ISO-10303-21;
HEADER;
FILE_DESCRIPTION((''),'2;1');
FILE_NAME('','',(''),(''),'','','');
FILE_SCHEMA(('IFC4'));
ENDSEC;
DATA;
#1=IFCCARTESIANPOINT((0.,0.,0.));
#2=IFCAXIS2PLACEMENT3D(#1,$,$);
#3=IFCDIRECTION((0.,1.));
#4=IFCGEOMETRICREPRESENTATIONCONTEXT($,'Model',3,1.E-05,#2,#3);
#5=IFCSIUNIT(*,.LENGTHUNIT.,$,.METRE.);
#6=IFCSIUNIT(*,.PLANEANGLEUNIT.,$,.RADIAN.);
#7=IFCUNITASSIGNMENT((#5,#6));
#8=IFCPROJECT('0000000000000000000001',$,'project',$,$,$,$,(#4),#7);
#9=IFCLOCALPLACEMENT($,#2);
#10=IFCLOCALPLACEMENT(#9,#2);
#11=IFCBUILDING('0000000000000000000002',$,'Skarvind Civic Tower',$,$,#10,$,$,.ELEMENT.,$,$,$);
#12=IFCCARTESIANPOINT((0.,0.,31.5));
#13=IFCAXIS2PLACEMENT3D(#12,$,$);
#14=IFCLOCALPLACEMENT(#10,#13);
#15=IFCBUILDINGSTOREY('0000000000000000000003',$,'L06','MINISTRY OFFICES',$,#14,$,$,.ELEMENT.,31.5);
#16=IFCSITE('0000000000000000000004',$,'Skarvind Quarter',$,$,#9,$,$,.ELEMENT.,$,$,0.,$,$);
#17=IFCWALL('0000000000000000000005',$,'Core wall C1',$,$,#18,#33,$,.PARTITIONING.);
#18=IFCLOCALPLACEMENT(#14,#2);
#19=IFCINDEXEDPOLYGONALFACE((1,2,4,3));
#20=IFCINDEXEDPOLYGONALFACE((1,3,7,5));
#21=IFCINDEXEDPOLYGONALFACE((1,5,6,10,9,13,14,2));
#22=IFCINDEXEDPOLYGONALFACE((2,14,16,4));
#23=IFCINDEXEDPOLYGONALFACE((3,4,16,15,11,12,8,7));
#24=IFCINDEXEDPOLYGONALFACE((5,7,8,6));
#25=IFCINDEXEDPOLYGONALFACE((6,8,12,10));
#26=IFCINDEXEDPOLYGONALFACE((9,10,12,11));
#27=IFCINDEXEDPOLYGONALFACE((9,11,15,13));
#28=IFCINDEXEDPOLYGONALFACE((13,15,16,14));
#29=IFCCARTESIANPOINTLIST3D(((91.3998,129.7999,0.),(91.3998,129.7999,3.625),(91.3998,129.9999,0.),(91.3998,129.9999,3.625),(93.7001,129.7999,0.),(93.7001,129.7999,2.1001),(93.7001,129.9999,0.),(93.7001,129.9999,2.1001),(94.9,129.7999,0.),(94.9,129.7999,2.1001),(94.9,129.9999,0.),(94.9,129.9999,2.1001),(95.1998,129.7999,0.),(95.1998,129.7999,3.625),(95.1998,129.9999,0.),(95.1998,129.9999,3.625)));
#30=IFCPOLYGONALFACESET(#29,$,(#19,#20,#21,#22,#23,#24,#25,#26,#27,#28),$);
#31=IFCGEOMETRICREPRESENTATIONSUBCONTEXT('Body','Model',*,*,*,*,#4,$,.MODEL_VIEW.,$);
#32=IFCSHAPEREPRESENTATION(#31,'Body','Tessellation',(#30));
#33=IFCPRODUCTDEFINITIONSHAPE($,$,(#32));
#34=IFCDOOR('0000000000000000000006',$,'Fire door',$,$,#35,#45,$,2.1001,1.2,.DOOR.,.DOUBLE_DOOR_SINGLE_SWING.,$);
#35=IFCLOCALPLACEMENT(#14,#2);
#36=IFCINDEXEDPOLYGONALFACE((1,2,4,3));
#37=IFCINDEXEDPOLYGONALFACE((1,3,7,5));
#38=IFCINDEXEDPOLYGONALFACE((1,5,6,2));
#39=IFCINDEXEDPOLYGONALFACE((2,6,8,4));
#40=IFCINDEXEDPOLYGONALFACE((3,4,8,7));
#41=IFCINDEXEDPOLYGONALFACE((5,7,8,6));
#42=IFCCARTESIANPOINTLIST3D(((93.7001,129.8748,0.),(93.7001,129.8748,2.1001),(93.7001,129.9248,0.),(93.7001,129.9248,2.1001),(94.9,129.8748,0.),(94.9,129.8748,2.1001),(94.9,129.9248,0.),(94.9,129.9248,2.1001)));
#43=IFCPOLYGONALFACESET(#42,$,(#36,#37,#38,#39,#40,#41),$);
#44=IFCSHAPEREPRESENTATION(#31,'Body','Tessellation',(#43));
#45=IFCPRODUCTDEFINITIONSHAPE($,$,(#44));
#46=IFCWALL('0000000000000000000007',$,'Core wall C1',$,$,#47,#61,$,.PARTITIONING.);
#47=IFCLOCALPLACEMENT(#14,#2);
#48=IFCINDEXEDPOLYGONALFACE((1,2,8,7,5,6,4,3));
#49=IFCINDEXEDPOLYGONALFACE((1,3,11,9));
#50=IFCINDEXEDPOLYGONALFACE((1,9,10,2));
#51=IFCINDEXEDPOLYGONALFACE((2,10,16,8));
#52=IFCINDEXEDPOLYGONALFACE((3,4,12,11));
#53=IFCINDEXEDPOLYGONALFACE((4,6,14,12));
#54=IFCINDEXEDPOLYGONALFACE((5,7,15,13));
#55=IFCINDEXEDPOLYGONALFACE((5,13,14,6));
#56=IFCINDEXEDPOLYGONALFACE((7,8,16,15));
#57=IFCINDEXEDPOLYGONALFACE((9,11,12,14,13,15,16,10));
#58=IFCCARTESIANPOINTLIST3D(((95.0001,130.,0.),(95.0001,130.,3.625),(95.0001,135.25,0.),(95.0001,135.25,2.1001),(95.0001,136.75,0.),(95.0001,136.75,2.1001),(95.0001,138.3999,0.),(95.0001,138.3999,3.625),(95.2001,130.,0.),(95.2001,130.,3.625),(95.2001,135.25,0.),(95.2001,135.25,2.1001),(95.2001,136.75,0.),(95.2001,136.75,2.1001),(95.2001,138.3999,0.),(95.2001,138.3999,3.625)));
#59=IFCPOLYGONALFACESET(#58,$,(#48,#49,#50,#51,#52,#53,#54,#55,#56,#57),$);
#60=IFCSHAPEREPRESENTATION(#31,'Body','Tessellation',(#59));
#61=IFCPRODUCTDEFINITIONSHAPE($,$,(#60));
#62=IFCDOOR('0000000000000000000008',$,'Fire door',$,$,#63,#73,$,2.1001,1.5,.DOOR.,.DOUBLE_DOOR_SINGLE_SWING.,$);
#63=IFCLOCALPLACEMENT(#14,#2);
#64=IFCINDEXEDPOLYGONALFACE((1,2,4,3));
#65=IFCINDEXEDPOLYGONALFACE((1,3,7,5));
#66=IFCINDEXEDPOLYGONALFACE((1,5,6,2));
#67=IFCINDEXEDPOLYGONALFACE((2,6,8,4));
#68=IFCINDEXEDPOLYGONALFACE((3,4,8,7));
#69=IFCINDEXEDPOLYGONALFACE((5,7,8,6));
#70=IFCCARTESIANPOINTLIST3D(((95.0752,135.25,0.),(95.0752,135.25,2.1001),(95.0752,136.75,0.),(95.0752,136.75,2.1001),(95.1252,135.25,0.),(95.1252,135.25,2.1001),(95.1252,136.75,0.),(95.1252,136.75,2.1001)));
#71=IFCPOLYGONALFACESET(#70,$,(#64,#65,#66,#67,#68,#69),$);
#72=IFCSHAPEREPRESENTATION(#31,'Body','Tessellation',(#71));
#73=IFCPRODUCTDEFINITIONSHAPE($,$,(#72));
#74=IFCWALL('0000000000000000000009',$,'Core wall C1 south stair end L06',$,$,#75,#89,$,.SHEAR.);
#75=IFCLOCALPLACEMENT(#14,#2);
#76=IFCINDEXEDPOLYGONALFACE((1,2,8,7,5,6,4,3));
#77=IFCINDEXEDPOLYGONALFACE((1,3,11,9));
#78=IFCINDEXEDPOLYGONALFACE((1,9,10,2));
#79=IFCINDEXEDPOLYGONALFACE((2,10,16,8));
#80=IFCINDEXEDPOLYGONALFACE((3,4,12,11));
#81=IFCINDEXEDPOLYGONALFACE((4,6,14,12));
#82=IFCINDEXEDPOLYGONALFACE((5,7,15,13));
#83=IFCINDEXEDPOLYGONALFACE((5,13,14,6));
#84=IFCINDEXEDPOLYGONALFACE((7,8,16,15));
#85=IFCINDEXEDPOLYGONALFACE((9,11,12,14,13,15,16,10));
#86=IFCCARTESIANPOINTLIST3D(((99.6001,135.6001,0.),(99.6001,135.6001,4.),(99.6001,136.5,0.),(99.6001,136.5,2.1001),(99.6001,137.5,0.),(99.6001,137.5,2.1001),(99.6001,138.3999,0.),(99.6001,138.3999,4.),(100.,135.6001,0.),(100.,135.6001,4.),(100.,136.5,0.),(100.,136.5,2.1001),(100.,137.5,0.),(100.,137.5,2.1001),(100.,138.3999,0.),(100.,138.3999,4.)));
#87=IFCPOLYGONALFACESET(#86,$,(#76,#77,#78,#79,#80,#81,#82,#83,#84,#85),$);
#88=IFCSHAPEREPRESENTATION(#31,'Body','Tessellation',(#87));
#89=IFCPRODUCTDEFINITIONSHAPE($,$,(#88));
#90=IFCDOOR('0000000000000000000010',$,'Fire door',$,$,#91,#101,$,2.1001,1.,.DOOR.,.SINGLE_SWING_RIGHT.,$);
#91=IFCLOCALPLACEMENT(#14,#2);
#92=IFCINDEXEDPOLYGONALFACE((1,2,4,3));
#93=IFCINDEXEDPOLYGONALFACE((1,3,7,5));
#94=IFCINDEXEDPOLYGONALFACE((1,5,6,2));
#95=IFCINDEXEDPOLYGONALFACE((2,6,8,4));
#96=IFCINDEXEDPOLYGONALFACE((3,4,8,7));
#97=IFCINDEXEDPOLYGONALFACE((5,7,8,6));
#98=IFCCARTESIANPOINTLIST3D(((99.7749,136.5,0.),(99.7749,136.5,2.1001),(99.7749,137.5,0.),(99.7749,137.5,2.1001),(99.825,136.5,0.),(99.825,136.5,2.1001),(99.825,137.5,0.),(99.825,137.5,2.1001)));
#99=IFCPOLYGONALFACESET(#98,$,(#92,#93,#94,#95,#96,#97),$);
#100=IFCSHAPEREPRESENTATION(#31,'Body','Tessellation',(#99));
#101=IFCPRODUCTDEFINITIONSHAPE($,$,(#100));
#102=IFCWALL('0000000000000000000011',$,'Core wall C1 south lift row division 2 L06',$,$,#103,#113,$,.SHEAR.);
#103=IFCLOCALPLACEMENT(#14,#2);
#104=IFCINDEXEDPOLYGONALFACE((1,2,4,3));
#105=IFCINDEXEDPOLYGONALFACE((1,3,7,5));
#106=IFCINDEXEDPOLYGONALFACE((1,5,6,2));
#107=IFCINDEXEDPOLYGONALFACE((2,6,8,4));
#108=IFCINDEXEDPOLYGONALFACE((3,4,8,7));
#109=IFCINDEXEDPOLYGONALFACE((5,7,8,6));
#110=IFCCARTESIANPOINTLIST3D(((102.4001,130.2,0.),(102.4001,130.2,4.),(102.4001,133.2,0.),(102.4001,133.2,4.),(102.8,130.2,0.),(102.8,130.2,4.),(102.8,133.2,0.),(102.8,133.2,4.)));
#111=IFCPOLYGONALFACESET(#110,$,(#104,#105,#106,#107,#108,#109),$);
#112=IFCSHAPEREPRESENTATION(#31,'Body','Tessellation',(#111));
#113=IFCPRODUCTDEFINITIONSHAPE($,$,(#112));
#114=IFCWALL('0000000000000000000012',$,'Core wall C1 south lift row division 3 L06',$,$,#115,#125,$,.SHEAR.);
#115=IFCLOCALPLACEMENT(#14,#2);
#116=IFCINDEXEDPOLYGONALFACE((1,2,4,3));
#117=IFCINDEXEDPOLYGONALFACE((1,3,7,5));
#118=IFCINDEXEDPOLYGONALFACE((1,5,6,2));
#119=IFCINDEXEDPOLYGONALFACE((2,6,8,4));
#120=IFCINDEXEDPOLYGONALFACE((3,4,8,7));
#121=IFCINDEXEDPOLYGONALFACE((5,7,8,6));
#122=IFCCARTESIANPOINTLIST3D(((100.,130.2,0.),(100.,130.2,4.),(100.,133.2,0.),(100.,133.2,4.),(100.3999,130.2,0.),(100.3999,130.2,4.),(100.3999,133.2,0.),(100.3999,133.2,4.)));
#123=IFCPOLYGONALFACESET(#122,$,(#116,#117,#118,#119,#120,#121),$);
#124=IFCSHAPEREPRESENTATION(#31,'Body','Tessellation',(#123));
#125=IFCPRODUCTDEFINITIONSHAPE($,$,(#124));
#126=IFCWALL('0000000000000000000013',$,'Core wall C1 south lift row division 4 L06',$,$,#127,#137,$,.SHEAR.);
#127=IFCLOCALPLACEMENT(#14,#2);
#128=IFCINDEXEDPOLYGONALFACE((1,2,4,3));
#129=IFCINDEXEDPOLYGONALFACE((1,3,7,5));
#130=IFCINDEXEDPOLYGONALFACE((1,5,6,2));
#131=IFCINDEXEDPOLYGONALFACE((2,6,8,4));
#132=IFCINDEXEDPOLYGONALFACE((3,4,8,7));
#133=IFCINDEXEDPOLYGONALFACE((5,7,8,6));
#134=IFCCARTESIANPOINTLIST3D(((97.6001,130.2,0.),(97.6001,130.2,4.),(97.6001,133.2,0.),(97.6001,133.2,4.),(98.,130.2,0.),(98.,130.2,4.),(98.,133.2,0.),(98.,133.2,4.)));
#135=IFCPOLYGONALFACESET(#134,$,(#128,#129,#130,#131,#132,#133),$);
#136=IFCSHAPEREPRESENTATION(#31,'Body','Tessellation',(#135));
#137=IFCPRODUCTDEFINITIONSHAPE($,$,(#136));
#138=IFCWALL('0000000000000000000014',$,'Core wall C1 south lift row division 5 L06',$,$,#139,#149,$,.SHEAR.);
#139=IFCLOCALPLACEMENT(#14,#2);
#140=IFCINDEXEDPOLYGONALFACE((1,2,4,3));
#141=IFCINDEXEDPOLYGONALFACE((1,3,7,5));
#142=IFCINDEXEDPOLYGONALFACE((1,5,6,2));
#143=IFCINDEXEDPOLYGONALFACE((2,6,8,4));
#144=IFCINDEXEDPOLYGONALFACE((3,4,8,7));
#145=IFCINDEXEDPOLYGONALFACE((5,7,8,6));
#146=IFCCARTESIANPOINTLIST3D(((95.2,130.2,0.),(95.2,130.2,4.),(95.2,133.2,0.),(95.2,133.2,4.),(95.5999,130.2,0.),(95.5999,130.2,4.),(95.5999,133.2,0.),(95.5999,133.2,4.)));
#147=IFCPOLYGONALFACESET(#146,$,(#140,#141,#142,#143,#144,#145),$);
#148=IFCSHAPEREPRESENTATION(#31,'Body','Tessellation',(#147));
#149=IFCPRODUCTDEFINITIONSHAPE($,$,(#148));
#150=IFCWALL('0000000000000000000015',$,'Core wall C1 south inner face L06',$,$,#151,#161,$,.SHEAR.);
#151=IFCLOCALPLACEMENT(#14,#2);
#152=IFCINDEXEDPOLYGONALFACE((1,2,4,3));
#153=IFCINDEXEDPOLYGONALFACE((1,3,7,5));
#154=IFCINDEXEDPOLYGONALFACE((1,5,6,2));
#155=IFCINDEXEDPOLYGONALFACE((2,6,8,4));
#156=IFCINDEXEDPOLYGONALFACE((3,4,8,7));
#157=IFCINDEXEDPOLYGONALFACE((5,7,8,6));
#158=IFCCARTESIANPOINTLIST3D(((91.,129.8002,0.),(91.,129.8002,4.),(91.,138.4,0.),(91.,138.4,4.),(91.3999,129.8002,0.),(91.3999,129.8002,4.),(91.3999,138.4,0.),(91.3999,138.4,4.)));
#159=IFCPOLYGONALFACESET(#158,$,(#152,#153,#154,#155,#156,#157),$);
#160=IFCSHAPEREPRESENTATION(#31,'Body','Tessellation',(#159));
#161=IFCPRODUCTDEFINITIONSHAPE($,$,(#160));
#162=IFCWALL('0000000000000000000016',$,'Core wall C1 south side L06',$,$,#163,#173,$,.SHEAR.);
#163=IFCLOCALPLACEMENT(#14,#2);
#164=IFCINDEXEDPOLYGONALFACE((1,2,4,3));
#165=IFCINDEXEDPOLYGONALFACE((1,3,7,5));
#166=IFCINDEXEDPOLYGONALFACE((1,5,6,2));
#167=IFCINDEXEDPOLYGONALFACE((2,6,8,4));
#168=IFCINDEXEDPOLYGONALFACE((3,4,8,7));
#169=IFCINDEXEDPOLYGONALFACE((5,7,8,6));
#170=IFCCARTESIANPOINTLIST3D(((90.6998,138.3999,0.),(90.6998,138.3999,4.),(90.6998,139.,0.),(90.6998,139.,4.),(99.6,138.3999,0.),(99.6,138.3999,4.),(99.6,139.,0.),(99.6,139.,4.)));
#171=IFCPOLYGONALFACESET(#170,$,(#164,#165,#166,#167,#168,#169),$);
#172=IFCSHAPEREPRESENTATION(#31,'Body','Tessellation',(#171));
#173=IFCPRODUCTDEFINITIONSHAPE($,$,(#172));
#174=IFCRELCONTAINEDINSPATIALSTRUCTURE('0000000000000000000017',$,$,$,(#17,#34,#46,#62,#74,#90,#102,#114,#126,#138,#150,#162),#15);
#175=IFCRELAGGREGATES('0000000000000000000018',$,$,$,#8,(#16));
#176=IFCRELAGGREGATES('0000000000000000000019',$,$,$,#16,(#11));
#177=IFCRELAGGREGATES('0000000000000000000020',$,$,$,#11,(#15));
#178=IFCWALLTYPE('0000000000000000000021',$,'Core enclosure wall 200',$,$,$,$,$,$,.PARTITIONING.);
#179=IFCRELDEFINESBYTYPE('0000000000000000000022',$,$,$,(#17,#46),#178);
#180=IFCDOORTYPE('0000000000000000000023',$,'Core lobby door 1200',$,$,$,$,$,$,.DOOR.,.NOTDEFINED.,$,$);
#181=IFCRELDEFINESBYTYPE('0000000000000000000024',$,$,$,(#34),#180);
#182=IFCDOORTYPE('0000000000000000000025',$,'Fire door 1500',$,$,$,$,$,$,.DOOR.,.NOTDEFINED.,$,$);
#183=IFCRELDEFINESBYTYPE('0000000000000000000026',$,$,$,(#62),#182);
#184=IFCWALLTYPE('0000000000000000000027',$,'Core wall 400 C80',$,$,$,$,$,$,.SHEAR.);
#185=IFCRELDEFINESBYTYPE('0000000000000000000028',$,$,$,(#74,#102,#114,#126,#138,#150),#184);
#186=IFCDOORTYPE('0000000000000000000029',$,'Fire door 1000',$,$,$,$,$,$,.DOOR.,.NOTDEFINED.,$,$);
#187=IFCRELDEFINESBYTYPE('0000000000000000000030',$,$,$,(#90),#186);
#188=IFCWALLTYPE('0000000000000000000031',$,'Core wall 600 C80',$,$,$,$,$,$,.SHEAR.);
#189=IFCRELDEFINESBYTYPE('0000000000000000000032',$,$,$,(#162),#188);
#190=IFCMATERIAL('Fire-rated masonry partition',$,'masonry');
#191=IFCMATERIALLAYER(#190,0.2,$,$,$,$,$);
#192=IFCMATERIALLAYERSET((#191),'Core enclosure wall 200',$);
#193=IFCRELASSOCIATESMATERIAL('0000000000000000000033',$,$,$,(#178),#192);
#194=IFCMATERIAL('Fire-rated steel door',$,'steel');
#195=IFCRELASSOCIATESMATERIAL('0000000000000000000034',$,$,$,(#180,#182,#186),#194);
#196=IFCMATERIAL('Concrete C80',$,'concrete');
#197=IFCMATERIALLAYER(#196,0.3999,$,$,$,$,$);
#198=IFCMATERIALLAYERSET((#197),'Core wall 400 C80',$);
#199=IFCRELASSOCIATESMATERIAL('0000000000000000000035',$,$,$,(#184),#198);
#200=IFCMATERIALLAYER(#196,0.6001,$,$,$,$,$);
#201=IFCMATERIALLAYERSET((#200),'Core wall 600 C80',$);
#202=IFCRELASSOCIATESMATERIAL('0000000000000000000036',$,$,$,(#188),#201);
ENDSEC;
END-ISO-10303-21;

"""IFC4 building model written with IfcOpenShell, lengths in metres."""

from ifc_helpers import new_model, si_unit, direction, frame, frame_2d, origin, place, context, subcontext, project, spatial, rectangle, extrude, material, layer, layer_set, type_object, element, fill, save


model = new_model("IFC4")

# Units and contexts
model_context = context("Model", 3, precision=1e-05, world=origin(), true_north=direction((0.0, 1.0)))
body_context = subcontext(model_context, "Body", "Model", "MODEL_VIEW")
ifc_project = project(units=[si_unit("LENGTHUNIT", "METRE"), si_unit("PLANEANGLEUNIT", "RADIAN")], contexts=[model_context])

# Site, building, storey
site_placement = place(None, origin())
site = spatial("IfcSite", under=ifc_project, at=site_placement, Name="Skarvind Quarter", CompositionType="ELEMENT", RefElevation=0.0)
building_placement = place(site_placement, origin())
building = spatial("IfcBuilding", under=site, at=building_placement, Name="Skarvind Civic Tower", CompositionType="ELEMENT")
storey_placement = place(building_placement, frame((0.0, 0.0, 31.5)))
storey = spatial("IfcBuildingStorey", under=building, at=storey_placement, Name="L06", Description="MINISTRY OFFICES", CompositionType="ELEMENT", Elevation=31.5)

# Walls, openings, doors
ifc_material_1 = material(Name="Fire-rated masonry partition", Category="masonry")
ifc_layer_1 = layer(ifc_material_1, 0.2)
ifc_layer_set_1 = layer_set([ifc_layer_1], Name="Core enclosure wall 200")
wall_type_1 = type_object("IfcWallType", Name="Core enclosure wall 200", PredefinedType="PARTITIONING", material=ifc_layer_set_1)
wall_1_placement = place(storey_placement, frame((91.3999, 129.8999, 0.0), z_axis=(0.0, 0.0, 1.0), x_axis=(1.0, 0.0, 0.0)))
wall_1 = element("IfcWall", 1, at=wall_1_placement, inside=storey, type_object=wall_type_1, Name="Core wall C1", PredefinedType="PARTITIONING", context=body_context, shape_type="SweptSolid", body=[
    extrude(rectangle(XDim=3.8, YDim=0.2, at=frame_2d((1.8999, 0.0))), origin(), (0.0, 0.0, 1.0), 3.625),
])
opening_1_placement = place(wall_1_placement, frame((2.3, 0.0, 0.0)))
opening_1 = element("IfcOpeningElement", 2, at=opening_1_placement, cuts=wall_1, PredefinedType="OPENING", context=body_context, shape_type="SweptSolid", body=[
    extrude(rectangle(XDim=1.2, YDim=2.1001, at=frame_2d((0.6001, 1.05))), frame((0.0, 0.1099, 0.0), z_axis=(0.0, -1.0, 0.0), x_axis=(1.0, 0.0, 0.0)), (0.0, 0.0, 1.0), 0.22),
])
ifc_material_2 = material(Name="Fire-rated steel door", Category="steel")
door_type_1 = type_object("IfcDoorType", Name="Core lobby door 1200", OperationType="NOTDEFINED", PredefinedType="DOOR", material=ifc_material_2)
door_1_placement = place(opening_1_placement, origin())
door_1 = element("IfcDoor", 3, at=door_1_placement, inside=storey, type_object=door_type_1, Name="Fire door", OperationType="DOUBLE_DOOR_SINGLE_SWING", OverallHeight=2.1001, OverallWidth=1.2, PredefinedType="DOOR", context=body_context, shape_type="SweptSolid", body=[
    extrude(rectangle(XDim=1.2, YDim=2.1001, at=frame_2d((0.6001, 1.05))), frame((0.0, 0.0249, 0.0), z_axis=(0.0, -1.0, 0.0), x_axis=(1.0, 0.0, 0.0)), (0.0, 0.0, 1.0), 0.05),
])
fill(opening_1, door_1)
wall_2_placement = place(storey_placement, frame((95.1001, 130.0, 0.0), z_axis=(0.0, 0.0, 1.0), x_axis=(0.0, 1.0, 0.0)))
wall_2 = element("IfcWall", 4, at=wall_2_placement, inside=storey, type_object=wall_type_1, Name="Core wall C1", PredefinedType="PARTITIONING", context=body_context, shape_type="SweptSolid", body=[
    extrude(rectangle(XDim=8.3999, YDim=0.2, at=frame_2d((4.2, 0.0))), origin(), (0.0, 0.0, 1.0), 3.625),
])
opening_2_placement = place(wall_2_placement, frame((5.25, 0.0, 0.0)))
opening_2 = element("IfcOpeningElement", 5, at=opening_2_placement, cuts=wall_2, PredefinedType="OPENING", context=body_context, shape_type="SweptSolid", body=[
    extrude(rectangle(XDim=1.5, YDim=2.1001, at=frame_2d((0.75, 1.05))), frame((0.0, 0.1099, 0.0), z_axis=(0.0, -1.0, 0.0), x_axis=(1.0, 0.0, 0.0)), (0.0, 0.0, 1.0), 0.22),
])
door_type_2 = type_object("IfcDoorType", Name="Fire door 1500", OperationType="NOTDEFINED", PredefinedType="DOOR", material=ifc_material_2)
door_2_placement = place(opening_2_placement, origin())
door_2 = element("IfcDoor", 6, at=door_2_placement, inside=storey, type_object=door_type_2, Name="Fire door", OperationType="DOUBLE_DOOR_SINGLE_SWING", OverallHeight=2.1001, OverallWidth=1.5, PredefinedType="DOOR", context=body_context, shape_type="SweptSolid", body=[
    extrude(rectangle(XDim=1.5, YDim=2.1001, at=frame_2d((0.75, 1.05))), frame((0.0, 0.0249, 0.0), z_axis=(0.0, -1.0, 0.0), x_axis=(1.0, 0.0, 0.0)), (0.0, 0.0, 1.0), 0.05),
])
fill(opening_2, door_2)
ifc_material_3 = material(Name="Concrete C80", Category="concrete")
ifc_layer_2 = layer(ifc_material_3, 0.3999)
ifc_layer_set_2 = layer_set([ifc_layer_2], Name="Core wall 400 C80")
wall_type_2 = type_object("IfcWallType", Name="Core wall 400 C80", PredefinedType="SHEAR", material=ifc_layer_set_2)
wall_3_placement = place(storey_placement, frame((99.8, 138.3999, 0.0), z_axis=(0.0, 0.0, 1.0), x_axis=(0.0, -1.0, 0.0)))
wall_3 = element("IfcWall", 7, at=wall_3_placement, inside=storey, type_object=wall_type_2, Name="Core wall C1 south stair end L06", PredefinedType="SHEAR", context=body_context, shape_type="SweptSolid", body=[
    extrude(rectangle(XDim=2.7998, YDim=0.3999, at=frame_2d((1.3999, 0.0))), origin(), (0.0, 0.0, 1.0), 4.0),
])
opening_3_placement = place(wall_3_placement, frame((0.8999, 0.0, 0.0)))
opening_3 = element("IfcOpeningElement", 8, at=opening_3_placement, cuts=wall_3, PredefinedType="OPENING", context=body_context, shape_type="SweptSolid", body=[
    extrude(rectangle(XDim=1.0, YDim=2.1001, at=frame_2d((0.5, 1.05))), frame((0.0, 0.21, 0.0), z_axis=(0.0, -1.0, 0.0), x_axis=(1.0, 0.0, 0.0)), (0.0, 0.0, 1.0), 0.4199),
])
door_type_3 = type_object("IfcDoorType", Name="Fire door 1000", OperationType="NOTDEFINED", PredefinedType="DOOR", material=ifc_material_2)
door_3_placement = place(opening_3_placement, origin())
door_3 = element("IfcDoor", 9, at=door_3_placement, inside=storey, type_object=door_type_3, Name="Fire door", OperationType="SINGLE_SWING_RIGHT", OverallHeight=2.1001, OverallWidth=1.0, PredefinedType="DOOR", context=body_context, shape_type="SweptSolid", body=[
    extrude(rectangle(XDim=1.0, YDim=2.1001, at=frame_2d((0.5, 1.05))), frame((0.0, 0.0249, 0.0), z_axis=(0.0, -1.0, 0.0), x_axis=(1.0, 0.0, 0.0)), (0.0, 0.0, 1.0), 0.05),
])
fill(opening_3, door_3)

# Walls
for number, where, z_axis, x_axis, name in (
    (10, (102.6001, 133.2, 0.0), (0.0, 0.0, 1.0), (0.0, -1.0, 0.0), "Core wall C1 south lift row division 2 L06"),
    (11, (100.2, 133.2, 0.0), (0.0, 0.0, 1.0), (0.0, -1.0, 0.0), "Core wall C1 south lift row division 3 L06"),
    (12, (97.8, 133.2, 0.0), (0.0, 0.0, 1.0), (0.0, -1.0, 0.0), "Core wall C1 south lift row division 4 L06"),
    (13, (95.3999, 133.2, 0.0), (0.0, 0.0, 1.0), (0.0, -1.0, 0.0), "Core wall C1 south lift row division 5 L06"),
):
    element("IfcWall", number, at=place(storey_placement, frame(where, z_axis=z_axis, x_axis=x_axis)), inside=storey, type_object=wall_type_2, Name=name, PredefinedType="SHEAR", context=body_context, shape_type="SweptSolid", body=[
        extrude(rectangle(XDim=3.0, YDim=0.3999, at=frame_2d((1.5, 0.0))), origin(), (0.0, 0.0, 1.0), 4.0),
    ])
wall_4_placement = place(storey_placement, frame((91.2, 138.3999, 0.0), z_axis=(0.0, 0.0, 1.0), x_axis=(0.0, -1.0, 0.0)))
element("IfcWall", 14, at=wall_4_placement, inside=storey, type_object=wall_type_2, Name="Core wall C1 south inner face L06", PredefinedType="SHEAR", context=body_context, shape_type="SweptSolid", body=[
    extrude(rectangle(XDim=8.5999, YDim=0.3999, at=frame_2d((4.2998, 0.0))), origin(), (0.0, 0.0, 1.0), 4.0),
])
ifc_layer_3 = layer(ifc_material_3, 0.6001)
ifc_layer_set_3 = layer_set([ifc_layer_3], Name="Core wall 600 C80")
wall_type_3 = type_object("IfcWallType", Name="Core wall 600 C80", PredefinedType="SHEAR", material=ifc_layer_set_3)
wall_5_placement = place(storey_placement, frame((99.6001, 138.7, 0.0), z_axis=(0.0, 0.0, 1.0), x_axis=(-1.0, 0.0, 0.0)))
element("IfcWall", 15, at=wall_5_placement, inside=storey, type_object=wall_type_3, Name="Core wall C1 south side L06", PredefinedType="SHEAR", context=body_context, shape_type="SweptSolid", body=[
    extrude(rectangle(XDim=8.9001, YDim=0.6001, at=frame_2d((4.4502, 0.0))), origin(), (0.0, 0.0, 1.0), 4.0),
])

save(model, "model.ifc")
